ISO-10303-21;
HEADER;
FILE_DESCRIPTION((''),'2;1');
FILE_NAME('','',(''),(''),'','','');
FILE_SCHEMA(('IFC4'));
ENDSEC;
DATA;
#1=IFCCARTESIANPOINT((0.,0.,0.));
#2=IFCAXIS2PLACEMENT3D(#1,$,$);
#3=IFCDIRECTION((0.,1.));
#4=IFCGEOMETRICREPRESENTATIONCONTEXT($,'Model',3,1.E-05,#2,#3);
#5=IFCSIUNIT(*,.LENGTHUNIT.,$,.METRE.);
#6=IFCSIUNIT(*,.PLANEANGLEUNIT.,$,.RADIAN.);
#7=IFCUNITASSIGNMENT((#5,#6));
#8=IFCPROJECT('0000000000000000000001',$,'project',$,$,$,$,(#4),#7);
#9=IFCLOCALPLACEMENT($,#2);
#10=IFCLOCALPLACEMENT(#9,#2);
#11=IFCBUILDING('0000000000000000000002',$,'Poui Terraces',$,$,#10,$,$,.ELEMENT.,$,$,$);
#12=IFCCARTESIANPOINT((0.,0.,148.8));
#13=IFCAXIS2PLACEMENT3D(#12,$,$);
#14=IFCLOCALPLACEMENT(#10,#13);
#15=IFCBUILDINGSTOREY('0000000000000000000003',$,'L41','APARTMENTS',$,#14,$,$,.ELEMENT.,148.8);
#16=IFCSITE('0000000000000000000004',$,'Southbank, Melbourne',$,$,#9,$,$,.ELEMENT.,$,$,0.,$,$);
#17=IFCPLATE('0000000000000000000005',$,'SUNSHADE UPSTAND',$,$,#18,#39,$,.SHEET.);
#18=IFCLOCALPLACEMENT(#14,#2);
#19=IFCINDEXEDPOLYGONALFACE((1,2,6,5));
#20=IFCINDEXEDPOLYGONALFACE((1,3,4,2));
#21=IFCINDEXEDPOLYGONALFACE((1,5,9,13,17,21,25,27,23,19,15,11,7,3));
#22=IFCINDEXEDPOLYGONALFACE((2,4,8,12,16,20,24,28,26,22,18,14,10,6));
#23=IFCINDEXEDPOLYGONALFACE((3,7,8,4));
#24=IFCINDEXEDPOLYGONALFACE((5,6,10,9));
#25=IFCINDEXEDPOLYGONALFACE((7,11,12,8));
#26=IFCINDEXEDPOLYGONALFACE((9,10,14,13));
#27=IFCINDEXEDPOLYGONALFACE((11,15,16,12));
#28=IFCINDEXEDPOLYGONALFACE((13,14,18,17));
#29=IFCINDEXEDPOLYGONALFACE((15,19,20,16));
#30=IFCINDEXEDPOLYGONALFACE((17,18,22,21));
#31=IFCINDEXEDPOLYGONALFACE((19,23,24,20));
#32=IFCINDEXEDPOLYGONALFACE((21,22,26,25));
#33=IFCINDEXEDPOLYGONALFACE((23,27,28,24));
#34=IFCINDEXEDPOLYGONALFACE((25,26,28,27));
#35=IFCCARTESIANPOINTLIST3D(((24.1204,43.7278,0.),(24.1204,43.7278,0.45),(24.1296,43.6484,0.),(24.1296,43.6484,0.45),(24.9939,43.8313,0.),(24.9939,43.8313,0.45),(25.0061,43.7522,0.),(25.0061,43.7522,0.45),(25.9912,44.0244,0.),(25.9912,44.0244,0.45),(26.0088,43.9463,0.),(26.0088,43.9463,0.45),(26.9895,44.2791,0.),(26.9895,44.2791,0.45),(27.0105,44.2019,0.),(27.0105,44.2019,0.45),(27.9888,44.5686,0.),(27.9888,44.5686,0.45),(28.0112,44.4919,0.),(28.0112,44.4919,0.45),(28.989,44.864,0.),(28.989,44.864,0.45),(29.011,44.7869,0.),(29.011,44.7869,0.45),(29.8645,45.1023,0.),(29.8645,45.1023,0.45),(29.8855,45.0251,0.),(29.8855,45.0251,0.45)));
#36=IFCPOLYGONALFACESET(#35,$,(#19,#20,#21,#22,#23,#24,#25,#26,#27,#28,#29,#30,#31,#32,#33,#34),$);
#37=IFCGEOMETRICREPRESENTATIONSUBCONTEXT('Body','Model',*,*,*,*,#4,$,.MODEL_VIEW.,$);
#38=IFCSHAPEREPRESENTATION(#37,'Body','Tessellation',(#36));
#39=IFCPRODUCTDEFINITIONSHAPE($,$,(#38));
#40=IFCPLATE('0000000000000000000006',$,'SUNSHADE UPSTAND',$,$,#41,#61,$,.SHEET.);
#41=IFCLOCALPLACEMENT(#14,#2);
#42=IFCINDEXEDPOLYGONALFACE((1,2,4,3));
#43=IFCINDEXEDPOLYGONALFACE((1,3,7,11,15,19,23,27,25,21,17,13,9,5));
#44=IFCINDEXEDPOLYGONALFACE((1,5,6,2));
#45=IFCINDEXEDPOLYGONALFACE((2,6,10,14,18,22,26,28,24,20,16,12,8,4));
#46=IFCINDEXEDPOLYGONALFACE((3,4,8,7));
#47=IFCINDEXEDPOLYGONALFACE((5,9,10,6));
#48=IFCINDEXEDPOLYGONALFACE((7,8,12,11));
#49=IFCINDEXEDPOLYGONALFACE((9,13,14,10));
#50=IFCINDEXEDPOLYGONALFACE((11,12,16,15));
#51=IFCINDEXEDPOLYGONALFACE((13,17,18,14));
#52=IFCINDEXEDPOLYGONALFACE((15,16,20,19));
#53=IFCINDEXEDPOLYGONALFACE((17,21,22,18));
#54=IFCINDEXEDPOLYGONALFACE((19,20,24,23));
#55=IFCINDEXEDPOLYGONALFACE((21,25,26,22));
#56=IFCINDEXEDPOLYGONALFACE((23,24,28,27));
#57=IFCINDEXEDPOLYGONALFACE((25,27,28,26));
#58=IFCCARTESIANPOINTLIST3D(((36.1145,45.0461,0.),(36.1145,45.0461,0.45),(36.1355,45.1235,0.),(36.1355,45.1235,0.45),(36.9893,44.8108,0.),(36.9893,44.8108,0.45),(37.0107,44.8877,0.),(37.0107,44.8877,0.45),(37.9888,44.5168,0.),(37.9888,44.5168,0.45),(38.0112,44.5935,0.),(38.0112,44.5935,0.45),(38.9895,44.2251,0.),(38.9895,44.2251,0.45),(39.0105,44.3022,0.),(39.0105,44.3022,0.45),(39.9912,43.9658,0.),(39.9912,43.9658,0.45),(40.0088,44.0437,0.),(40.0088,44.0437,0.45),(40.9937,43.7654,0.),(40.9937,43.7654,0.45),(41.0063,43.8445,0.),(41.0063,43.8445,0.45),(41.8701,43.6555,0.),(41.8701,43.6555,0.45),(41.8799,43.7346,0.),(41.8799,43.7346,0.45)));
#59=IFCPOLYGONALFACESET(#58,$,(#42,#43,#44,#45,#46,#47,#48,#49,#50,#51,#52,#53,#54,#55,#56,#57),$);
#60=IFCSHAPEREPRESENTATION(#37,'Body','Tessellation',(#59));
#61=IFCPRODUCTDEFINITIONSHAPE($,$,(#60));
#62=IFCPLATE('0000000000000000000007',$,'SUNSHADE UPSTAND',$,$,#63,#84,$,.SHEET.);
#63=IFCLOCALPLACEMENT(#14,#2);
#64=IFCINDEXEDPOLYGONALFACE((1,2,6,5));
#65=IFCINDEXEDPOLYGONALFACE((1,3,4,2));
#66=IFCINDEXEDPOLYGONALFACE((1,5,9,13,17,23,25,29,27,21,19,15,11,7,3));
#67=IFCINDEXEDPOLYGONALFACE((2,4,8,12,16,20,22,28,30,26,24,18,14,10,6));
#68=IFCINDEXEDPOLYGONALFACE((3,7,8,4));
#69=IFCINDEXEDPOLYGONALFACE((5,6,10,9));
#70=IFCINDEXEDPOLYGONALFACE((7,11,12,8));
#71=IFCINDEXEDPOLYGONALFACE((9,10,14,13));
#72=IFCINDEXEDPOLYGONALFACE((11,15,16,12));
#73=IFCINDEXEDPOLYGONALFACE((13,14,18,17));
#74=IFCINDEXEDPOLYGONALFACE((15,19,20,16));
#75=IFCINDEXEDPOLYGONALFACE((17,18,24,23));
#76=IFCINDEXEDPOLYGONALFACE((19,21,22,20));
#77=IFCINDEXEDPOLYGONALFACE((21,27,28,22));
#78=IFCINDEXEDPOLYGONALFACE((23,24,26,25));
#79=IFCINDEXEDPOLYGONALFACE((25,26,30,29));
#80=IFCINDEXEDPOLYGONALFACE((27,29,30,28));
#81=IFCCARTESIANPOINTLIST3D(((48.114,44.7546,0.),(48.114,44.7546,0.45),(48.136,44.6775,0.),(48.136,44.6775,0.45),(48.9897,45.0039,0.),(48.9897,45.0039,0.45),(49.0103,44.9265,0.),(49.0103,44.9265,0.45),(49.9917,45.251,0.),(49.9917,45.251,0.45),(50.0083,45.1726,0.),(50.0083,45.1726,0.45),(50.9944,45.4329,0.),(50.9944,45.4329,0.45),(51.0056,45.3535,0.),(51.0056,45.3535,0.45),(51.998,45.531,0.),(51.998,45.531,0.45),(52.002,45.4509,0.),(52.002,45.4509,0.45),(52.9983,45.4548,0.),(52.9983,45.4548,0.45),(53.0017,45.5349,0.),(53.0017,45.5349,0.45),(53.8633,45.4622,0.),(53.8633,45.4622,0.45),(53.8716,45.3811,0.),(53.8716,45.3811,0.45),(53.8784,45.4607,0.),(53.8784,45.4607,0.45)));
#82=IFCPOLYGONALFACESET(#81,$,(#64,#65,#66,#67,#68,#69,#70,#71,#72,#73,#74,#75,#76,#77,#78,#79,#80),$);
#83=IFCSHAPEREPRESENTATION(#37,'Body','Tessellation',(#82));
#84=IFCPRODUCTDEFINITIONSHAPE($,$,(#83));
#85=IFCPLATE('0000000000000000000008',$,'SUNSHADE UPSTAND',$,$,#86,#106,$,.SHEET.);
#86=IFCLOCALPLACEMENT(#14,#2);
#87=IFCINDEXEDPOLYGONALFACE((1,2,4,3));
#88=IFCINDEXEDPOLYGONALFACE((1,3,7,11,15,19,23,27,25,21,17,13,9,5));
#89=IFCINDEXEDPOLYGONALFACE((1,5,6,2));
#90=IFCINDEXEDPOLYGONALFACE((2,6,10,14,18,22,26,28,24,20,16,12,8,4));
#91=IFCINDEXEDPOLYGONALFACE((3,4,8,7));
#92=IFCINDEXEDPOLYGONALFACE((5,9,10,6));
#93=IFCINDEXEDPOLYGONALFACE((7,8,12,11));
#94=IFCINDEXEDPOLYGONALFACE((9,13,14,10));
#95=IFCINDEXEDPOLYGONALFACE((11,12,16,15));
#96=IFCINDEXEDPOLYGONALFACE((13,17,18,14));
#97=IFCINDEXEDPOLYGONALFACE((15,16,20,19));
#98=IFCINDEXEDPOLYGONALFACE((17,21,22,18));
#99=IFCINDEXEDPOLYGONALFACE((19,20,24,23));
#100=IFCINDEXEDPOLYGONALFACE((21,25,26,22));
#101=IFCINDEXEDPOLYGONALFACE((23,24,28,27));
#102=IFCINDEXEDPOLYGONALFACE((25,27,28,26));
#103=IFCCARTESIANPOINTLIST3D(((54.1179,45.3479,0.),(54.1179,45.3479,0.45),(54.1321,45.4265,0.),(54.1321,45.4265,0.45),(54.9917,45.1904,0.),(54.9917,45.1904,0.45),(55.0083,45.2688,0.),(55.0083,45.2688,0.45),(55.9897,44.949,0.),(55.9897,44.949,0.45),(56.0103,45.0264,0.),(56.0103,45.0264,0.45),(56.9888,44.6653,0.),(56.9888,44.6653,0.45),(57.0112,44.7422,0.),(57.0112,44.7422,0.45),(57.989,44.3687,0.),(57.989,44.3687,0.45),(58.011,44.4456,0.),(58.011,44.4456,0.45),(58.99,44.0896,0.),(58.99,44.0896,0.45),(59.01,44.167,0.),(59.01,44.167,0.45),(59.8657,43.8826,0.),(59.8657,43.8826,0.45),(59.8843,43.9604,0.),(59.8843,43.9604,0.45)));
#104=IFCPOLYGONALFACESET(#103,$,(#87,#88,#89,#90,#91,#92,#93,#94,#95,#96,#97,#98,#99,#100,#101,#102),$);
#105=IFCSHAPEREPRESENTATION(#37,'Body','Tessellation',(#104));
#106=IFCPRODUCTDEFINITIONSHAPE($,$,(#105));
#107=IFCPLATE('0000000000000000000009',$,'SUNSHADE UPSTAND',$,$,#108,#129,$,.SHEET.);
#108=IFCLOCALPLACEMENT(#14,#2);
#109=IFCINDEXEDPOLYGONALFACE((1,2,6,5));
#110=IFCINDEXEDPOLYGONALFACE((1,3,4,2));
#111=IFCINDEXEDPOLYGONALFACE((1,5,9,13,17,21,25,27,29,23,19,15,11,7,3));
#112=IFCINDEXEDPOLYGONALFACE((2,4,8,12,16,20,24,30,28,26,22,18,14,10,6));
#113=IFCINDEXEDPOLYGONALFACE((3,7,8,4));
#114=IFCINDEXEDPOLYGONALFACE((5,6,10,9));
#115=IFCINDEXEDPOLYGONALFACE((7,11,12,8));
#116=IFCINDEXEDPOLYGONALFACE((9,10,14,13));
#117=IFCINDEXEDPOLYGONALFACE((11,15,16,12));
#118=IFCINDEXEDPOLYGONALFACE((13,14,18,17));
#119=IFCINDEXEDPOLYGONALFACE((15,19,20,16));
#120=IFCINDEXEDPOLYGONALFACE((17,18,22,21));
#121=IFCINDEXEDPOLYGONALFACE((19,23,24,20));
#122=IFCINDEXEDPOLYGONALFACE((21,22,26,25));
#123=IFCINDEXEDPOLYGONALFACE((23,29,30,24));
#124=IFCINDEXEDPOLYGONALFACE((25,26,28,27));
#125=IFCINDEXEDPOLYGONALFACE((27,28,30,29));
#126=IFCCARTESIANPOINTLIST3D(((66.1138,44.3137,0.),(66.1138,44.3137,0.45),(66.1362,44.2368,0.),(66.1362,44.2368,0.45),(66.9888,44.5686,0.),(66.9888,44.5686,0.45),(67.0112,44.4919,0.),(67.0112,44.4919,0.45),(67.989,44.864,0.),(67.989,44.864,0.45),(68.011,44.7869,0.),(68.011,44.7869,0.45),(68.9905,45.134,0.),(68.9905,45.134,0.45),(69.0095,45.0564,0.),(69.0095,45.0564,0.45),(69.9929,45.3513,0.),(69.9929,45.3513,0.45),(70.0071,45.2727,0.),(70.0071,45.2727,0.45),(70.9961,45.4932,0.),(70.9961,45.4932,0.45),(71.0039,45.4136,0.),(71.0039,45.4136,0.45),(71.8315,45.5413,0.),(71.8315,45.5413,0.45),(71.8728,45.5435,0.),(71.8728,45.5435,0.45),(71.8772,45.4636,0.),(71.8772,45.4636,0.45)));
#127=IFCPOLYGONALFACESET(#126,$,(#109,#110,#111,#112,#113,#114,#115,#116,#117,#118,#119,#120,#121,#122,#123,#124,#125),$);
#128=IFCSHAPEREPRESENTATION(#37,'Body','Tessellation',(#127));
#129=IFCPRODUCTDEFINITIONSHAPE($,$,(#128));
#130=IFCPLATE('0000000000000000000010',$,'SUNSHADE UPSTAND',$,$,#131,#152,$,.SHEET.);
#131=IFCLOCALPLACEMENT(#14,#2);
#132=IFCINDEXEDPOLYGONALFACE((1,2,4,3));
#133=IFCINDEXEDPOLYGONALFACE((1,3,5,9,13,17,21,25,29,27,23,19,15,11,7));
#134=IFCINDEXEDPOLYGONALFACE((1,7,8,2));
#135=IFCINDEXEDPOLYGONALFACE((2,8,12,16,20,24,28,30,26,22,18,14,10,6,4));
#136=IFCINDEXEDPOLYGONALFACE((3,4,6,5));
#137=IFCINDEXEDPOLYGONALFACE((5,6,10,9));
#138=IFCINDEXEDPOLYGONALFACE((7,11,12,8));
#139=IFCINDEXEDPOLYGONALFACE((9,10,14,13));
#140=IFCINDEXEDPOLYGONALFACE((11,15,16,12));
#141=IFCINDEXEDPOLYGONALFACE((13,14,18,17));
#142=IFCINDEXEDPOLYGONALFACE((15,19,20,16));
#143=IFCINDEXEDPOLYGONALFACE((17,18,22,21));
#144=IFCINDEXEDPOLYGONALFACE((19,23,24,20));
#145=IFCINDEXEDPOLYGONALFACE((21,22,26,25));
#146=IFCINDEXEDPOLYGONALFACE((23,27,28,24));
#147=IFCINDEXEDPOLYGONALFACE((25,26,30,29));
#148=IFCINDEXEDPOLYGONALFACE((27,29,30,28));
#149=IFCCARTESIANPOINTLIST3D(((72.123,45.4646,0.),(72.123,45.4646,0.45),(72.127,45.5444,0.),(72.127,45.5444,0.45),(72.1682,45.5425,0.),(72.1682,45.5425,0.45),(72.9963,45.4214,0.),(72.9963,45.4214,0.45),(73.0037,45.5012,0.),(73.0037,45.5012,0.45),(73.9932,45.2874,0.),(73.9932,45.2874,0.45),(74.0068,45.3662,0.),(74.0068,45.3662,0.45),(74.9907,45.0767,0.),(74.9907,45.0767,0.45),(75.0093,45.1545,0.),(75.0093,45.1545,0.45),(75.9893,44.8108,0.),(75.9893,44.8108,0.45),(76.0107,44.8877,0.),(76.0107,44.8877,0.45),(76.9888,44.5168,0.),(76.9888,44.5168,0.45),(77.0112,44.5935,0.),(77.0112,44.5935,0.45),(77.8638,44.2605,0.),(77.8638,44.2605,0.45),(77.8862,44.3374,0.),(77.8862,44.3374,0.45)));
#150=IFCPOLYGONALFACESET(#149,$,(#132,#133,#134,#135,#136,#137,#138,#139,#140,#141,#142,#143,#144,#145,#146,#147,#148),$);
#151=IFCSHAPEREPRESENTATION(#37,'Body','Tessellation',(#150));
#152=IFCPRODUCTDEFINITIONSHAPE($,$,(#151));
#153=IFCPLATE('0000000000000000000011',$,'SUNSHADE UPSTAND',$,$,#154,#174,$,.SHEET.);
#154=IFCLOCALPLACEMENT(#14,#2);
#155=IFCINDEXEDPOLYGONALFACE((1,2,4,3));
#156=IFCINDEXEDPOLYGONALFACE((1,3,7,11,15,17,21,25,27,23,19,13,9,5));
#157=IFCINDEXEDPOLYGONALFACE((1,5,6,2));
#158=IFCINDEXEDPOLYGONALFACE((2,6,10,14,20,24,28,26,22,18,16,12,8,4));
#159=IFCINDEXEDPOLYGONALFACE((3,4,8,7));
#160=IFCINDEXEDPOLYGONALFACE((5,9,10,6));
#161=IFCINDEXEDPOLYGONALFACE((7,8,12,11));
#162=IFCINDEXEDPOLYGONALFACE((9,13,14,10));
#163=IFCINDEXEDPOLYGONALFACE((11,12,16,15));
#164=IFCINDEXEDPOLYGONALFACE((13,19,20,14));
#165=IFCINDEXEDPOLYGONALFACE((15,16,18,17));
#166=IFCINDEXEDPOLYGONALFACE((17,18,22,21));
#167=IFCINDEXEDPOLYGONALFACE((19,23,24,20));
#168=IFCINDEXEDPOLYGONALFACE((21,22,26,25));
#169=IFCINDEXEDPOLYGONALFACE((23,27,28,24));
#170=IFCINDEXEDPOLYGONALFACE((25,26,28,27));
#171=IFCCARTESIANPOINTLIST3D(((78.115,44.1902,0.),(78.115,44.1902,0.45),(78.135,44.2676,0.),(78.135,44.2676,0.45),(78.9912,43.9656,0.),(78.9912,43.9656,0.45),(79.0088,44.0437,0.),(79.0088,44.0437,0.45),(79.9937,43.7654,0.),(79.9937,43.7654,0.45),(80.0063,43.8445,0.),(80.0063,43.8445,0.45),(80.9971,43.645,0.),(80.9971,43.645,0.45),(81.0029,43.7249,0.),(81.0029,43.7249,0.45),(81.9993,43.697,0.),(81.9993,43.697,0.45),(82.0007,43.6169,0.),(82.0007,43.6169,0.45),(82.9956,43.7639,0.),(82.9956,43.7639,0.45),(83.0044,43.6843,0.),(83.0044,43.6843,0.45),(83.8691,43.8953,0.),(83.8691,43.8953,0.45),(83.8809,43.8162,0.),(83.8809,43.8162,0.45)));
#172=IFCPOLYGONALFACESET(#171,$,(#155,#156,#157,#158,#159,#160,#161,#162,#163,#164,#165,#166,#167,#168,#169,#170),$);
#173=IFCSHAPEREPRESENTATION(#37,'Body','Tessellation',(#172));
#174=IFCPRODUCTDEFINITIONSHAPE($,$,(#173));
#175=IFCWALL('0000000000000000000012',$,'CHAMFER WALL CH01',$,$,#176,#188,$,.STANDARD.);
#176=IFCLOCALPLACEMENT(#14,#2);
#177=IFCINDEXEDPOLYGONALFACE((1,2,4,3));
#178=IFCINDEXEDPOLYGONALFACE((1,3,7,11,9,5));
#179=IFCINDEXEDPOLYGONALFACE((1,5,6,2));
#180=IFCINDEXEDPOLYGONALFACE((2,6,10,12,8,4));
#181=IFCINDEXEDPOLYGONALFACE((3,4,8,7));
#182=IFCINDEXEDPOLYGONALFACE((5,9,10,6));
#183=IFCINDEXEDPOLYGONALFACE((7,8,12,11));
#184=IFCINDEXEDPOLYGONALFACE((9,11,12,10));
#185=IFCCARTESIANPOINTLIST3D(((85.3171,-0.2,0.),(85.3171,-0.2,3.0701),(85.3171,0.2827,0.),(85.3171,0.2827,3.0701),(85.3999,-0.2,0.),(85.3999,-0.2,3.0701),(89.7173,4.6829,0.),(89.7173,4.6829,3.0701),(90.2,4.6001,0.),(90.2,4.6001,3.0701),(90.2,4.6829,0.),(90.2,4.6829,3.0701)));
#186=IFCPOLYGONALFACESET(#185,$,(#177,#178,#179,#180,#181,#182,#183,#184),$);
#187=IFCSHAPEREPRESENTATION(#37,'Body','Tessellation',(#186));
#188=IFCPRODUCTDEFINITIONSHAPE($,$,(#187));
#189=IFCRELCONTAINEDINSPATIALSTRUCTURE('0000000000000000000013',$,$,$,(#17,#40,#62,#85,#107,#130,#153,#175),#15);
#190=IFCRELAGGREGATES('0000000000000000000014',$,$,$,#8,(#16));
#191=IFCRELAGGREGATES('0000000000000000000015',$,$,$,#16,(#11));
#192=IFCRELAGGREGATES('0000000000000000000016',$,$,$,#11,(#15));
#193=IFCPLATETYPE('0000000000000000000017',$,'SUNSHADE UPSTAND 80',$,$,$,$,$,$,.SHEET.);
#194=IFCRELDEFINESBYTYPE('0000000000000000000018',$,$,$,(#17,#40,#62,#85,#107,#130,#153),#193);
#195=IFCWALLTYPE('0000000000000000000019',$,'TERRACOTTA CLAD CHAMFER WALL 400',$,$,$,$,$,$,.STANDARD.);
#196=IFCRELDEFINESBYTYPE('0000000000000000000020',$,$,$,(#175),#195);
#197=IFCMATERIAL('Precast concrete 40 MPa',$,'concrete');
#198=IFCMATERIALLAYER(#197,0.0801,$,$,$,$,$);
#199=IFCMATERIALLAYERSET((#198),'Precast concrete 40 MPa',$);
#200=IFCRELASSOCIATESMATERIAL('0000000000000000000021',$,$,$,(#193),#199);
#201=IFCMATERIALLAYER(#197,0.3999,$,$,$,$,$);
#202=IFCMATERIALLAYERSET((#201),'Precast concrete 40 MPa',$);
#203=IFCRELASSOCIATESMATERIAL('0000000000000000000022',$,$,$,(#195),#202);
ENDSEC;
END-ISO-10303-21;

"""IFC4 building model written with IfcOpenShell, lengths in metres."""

from ifc_helpers import new_model, si_unit, direction, frame, origin, place, context, subcontext, project, spatial, polyline, outline, extrude, material, layer, layer_set, type_object, element, save


model = new_model("IFC4")

# Units and contexts
model_context = context("Model", 3, precision=1e-05, world=origin(), true_north=direction((0.0, 1.0)))
body_context = subcontext(model_context, "Body", "Model", "MODEL_VIEW")
ifc_project = project(units=[si_unit("LENGTHUNIT", "METRE"), si_unit("PLANEANGLEUNIT", "RADIAN")], contexts=[model_context])

# Site, building, storey
site_placement = place(None, origin())
site = spatial("IfcSite", under=ifc_project, at=site_placement, Name="Southbank, Melbourne", CompositionType="ELEMENT", RefElevation=0.0)
building_placement = place(site_placement, origin())
building = spatial("IfcBuilding", under=site, at=building_placement, Name="Poui Terraces", CompositionType="ELEMENT")
storey_placement = place(building_placement, frame((0.0, 0.0, 148.8)))
storey = spatial("IfcBuildingStorey", under=building, at=storey_placement, Name="L41", Description="APARTMENTS", CompositionType="ELEMENT", Elevation=148.8)

# Shared definitions
ifc_material_1 = material(Name="Precast concrete 40 MPa", Category="concrete")

# Plates
ifc_layer_1 = layer(ifc_material_1, 0.0801)
ifc_layer_set_1 = layer_set([ifc_layer_1], Name="Precast concrete 40 MPa")
plate_type = type_object("IfcPlateType", Name="SUNSHADE UPSTAND 80", PredefinedType="SHEET", material=ifc_layer_set_1)
plate_1_placement = place(storey_placement, origin())
element("IfcPlate", 1, at=plate_1_placement, inside=storey, type_object=plate_type, Name="SUNSHADE UPSTAND", PredefinedType="SHEET", context=body_context, shape_type="SweptSolid", body=[
    extrude(outline(polyline([(24.9939, 43.8313), (24.1204, 43.7278), (24.1296, 43.6484), (25.0061, 43.7522), (26.0088, 43.9463), (27.0105, 44.2019), (28.0112, 44.4919), (29.011, 44.7869), (29.8855, 45.0251), (29.8645, 45.1023), (28.989, 44.864), (27.9888, 44.5686), (26.9895, 44.2791), (25.9912, 44.0244), (24.9939, 43.8313)])), origin(), (0.0, 0.0, 1.0), 0.45),
])
plate_2_placement = place(storey_placement, origin())
element("IfcPlate", 2, at=plate_2_placement, inside=storey, type_object=plate_type, Name="SUNSHADE UPSTAND", PredefinedType="SHEET", context=body_context, shape_type="SweptSolid", body=[
    extrude(outline(polyline([(37.0107, 44.8877), (36.1355, 45.1235), (36.1145, 45.0461), (36.9893, 44.8108), (37.9888, 44.5168), (38.9895, 44.2251), (39.9912, 43.9658), (40.9937, 43.7654), (41.8701, 43.6555), (41.8799, 43.7346), (41.0063, 43.8445), (40.0088, 44.0437), (39.0105, 44.3022), (38.0112, 44.5935), (37.0107, 44.8877)])), origin(), (0.0, 0.0, 1.0), 0.45),
])
plate_3_placement = place(storey_placement, origin())
element("IfcPlate", 3, at=plate_3_placement, inside=storey, type_object=plate_type, Name="SUNSHADE UPSTAND", PredefinedType="SHEET", context=body_context, shape_type="SweptSolid", body=[
    extrude(outline(polyline([(48.9897, 45.0039), (48.114, 44.7546), (48.136, 44.6775), (49.0103, 44.9265), (50.0083, 45.1726), (51.0056, 45.3535), (52.002, 45.4509), (52.9983, 45.4548), (53.8716, 45.3811), (53.8784, 45.4607), (53.8633, 45.4622), (53.0017, 45.5349), (51.998, 45.531), (50.9944, 45.4329), (49.9917, 45.251), (48.9897, 45.0039)])), origin(), (0.0, 0.0, 1.0), 0.45),
])
plate_4_placement = place(storey_placement, origin())
element("IfcPlate", 4, at=plate_4_placement, inside=storey, type_object=plate_type, Name="SUNSHADE UPSTAND", PredefinedType="SHEET", context=body_context, shape_type="SweptSolid", body=[
    extrude(outline(polyline([(55.0083, 45.2688), (54.1321, 45.4265), (54.1179, 45.3479), (54.9917, 45.1904), (55.9897, 44.949), (56.9888, 44.6653), (57.989, 44.3687), (58.99, 44.0896), (59.8657, 43.8826), (59.8843, 43.9604), (59.01, 44.167), (58.011, 44.4456), (57.0112, 44.7422), (56.0103, 45.0264), (55.0083, 45.2688)])), origin(), (0.0, 0.0, 1.0), 0.45),
])
plate_5_placement = place(storey_placement, origin())
element("IfcPlate", 5, at=plate_5_placement, inside=storey, type_object=plate_type, Name="SUNSHADE UPSTAND", PredefinedType="SHEET", context=body_context, shape_type="SweptSolid", body=[
    extrude(outline(polyline([(66.9888, 44.5686), (66.1138, 44.3137), (66.1362, 44.2368), (67.0112, 44.4919), (68.011, 44.7869), (69.0095, 45.0564), (70.0071, 45.2727), (71.0039, 45.4136), (71.8772, 45.4636), (71.8728, 45.5435), (71.8315, 45.5413), (70.9961, 45.4932), (69.9929, 45.3513), (68.9905, 45.134), (67.989, 44.864), (66.9888, 44.5686)])), origin(), (0.0, 0.0, 1.0), 0.45),
])
plate_6_placement = place(storey_placement, origin())
element("IfcPlate", 6, at=plate_6_placement, inside=storey, type_object=plate_type, Name="SUNSHADE UPSTAND", PredefinedType="SHEET", context=body_context, shape_type="SweptSolid", body=[
    extrude(outline(polyline([(73.0037, 45.5012), (72.1682, 45.5425), (72.127, 45.5444), (72.123, 45.4646), (72.9963, 45.4214), (73.9932, 45.2874), (74.9907, 45.0767), (75.9893, 44.8108), (76.9888, 44.5168), (77.8638, 44.2605), (77.8862, 44.3374), (77.0112, 44.5935), (76.0107, 44.8877), (75.0093, 45.1545), (74.0068, 45.3662), (73.0037, 45.5012)])), origin(), (0.0, 0.0, 1.0), 0.45),
])
plate_7_placement = place(storey_placement, origin())
element("IfcPlate", 7, at=plate_7_placement, inside=storey, type_object=plate_type, Name="SUNSHADE UPSTAND", PredefinedType="SHEET", context=body_context, shape_type="SweptSolid", body=[
    extrude(outline(polyline([(79.0088, 44.0437), (78.135, 44.2676), (78.115, 44.1902), (78.9912, 43.9656), (79.9937, 43.7654), (80.9971, 43.645), (82.0007, 43.6169), (83.0044, 43.6843), (83.8809, 43.8162), (83.8691, 43.8953), (82.9956, 43.7639), (81.9993, 43.697), (81.0029, 43.7249), (80.0063, 43.8445), (79.0088, 44.0437)])), origin(), (0.0, 0.0, 1.0), 0.45),
])

# Wall
ifc_layer_2 = layer(ifc_material_1, 0.3999)
ifc_layer_set_2 = layer_set([ifc_layer_2], Name="Precast concrete 40 MPa")
wall_type = type_object("IfcWallType", Name="TERRACOTTA CLAD CHAMFER WALL 400", PredefinedType="STANDARD", material=ifc_layer_set_2)
wall_1_placement = place(storey_placement, origin())
element("IfcWall", 8, at=wall_1_placement, inside=storey, type_object=wall_type, Name="CHAMFER WALL CH01", PredefinedType="STANDARD", context=body_context, shape_type="SweptSolid", body=[
    extrude(outline(polyline([(85.3171, -0.2), (85.3999, -0.2), (90.2, 4.6001), (90.2, 4.6829), (89.7173, 4.6829), (85.3171, 0.2827), (85.3171, -0.2)])), origin(), (0.0, 0.0, 1.0), 3.0701),
])

save(model, "model.ifc")
